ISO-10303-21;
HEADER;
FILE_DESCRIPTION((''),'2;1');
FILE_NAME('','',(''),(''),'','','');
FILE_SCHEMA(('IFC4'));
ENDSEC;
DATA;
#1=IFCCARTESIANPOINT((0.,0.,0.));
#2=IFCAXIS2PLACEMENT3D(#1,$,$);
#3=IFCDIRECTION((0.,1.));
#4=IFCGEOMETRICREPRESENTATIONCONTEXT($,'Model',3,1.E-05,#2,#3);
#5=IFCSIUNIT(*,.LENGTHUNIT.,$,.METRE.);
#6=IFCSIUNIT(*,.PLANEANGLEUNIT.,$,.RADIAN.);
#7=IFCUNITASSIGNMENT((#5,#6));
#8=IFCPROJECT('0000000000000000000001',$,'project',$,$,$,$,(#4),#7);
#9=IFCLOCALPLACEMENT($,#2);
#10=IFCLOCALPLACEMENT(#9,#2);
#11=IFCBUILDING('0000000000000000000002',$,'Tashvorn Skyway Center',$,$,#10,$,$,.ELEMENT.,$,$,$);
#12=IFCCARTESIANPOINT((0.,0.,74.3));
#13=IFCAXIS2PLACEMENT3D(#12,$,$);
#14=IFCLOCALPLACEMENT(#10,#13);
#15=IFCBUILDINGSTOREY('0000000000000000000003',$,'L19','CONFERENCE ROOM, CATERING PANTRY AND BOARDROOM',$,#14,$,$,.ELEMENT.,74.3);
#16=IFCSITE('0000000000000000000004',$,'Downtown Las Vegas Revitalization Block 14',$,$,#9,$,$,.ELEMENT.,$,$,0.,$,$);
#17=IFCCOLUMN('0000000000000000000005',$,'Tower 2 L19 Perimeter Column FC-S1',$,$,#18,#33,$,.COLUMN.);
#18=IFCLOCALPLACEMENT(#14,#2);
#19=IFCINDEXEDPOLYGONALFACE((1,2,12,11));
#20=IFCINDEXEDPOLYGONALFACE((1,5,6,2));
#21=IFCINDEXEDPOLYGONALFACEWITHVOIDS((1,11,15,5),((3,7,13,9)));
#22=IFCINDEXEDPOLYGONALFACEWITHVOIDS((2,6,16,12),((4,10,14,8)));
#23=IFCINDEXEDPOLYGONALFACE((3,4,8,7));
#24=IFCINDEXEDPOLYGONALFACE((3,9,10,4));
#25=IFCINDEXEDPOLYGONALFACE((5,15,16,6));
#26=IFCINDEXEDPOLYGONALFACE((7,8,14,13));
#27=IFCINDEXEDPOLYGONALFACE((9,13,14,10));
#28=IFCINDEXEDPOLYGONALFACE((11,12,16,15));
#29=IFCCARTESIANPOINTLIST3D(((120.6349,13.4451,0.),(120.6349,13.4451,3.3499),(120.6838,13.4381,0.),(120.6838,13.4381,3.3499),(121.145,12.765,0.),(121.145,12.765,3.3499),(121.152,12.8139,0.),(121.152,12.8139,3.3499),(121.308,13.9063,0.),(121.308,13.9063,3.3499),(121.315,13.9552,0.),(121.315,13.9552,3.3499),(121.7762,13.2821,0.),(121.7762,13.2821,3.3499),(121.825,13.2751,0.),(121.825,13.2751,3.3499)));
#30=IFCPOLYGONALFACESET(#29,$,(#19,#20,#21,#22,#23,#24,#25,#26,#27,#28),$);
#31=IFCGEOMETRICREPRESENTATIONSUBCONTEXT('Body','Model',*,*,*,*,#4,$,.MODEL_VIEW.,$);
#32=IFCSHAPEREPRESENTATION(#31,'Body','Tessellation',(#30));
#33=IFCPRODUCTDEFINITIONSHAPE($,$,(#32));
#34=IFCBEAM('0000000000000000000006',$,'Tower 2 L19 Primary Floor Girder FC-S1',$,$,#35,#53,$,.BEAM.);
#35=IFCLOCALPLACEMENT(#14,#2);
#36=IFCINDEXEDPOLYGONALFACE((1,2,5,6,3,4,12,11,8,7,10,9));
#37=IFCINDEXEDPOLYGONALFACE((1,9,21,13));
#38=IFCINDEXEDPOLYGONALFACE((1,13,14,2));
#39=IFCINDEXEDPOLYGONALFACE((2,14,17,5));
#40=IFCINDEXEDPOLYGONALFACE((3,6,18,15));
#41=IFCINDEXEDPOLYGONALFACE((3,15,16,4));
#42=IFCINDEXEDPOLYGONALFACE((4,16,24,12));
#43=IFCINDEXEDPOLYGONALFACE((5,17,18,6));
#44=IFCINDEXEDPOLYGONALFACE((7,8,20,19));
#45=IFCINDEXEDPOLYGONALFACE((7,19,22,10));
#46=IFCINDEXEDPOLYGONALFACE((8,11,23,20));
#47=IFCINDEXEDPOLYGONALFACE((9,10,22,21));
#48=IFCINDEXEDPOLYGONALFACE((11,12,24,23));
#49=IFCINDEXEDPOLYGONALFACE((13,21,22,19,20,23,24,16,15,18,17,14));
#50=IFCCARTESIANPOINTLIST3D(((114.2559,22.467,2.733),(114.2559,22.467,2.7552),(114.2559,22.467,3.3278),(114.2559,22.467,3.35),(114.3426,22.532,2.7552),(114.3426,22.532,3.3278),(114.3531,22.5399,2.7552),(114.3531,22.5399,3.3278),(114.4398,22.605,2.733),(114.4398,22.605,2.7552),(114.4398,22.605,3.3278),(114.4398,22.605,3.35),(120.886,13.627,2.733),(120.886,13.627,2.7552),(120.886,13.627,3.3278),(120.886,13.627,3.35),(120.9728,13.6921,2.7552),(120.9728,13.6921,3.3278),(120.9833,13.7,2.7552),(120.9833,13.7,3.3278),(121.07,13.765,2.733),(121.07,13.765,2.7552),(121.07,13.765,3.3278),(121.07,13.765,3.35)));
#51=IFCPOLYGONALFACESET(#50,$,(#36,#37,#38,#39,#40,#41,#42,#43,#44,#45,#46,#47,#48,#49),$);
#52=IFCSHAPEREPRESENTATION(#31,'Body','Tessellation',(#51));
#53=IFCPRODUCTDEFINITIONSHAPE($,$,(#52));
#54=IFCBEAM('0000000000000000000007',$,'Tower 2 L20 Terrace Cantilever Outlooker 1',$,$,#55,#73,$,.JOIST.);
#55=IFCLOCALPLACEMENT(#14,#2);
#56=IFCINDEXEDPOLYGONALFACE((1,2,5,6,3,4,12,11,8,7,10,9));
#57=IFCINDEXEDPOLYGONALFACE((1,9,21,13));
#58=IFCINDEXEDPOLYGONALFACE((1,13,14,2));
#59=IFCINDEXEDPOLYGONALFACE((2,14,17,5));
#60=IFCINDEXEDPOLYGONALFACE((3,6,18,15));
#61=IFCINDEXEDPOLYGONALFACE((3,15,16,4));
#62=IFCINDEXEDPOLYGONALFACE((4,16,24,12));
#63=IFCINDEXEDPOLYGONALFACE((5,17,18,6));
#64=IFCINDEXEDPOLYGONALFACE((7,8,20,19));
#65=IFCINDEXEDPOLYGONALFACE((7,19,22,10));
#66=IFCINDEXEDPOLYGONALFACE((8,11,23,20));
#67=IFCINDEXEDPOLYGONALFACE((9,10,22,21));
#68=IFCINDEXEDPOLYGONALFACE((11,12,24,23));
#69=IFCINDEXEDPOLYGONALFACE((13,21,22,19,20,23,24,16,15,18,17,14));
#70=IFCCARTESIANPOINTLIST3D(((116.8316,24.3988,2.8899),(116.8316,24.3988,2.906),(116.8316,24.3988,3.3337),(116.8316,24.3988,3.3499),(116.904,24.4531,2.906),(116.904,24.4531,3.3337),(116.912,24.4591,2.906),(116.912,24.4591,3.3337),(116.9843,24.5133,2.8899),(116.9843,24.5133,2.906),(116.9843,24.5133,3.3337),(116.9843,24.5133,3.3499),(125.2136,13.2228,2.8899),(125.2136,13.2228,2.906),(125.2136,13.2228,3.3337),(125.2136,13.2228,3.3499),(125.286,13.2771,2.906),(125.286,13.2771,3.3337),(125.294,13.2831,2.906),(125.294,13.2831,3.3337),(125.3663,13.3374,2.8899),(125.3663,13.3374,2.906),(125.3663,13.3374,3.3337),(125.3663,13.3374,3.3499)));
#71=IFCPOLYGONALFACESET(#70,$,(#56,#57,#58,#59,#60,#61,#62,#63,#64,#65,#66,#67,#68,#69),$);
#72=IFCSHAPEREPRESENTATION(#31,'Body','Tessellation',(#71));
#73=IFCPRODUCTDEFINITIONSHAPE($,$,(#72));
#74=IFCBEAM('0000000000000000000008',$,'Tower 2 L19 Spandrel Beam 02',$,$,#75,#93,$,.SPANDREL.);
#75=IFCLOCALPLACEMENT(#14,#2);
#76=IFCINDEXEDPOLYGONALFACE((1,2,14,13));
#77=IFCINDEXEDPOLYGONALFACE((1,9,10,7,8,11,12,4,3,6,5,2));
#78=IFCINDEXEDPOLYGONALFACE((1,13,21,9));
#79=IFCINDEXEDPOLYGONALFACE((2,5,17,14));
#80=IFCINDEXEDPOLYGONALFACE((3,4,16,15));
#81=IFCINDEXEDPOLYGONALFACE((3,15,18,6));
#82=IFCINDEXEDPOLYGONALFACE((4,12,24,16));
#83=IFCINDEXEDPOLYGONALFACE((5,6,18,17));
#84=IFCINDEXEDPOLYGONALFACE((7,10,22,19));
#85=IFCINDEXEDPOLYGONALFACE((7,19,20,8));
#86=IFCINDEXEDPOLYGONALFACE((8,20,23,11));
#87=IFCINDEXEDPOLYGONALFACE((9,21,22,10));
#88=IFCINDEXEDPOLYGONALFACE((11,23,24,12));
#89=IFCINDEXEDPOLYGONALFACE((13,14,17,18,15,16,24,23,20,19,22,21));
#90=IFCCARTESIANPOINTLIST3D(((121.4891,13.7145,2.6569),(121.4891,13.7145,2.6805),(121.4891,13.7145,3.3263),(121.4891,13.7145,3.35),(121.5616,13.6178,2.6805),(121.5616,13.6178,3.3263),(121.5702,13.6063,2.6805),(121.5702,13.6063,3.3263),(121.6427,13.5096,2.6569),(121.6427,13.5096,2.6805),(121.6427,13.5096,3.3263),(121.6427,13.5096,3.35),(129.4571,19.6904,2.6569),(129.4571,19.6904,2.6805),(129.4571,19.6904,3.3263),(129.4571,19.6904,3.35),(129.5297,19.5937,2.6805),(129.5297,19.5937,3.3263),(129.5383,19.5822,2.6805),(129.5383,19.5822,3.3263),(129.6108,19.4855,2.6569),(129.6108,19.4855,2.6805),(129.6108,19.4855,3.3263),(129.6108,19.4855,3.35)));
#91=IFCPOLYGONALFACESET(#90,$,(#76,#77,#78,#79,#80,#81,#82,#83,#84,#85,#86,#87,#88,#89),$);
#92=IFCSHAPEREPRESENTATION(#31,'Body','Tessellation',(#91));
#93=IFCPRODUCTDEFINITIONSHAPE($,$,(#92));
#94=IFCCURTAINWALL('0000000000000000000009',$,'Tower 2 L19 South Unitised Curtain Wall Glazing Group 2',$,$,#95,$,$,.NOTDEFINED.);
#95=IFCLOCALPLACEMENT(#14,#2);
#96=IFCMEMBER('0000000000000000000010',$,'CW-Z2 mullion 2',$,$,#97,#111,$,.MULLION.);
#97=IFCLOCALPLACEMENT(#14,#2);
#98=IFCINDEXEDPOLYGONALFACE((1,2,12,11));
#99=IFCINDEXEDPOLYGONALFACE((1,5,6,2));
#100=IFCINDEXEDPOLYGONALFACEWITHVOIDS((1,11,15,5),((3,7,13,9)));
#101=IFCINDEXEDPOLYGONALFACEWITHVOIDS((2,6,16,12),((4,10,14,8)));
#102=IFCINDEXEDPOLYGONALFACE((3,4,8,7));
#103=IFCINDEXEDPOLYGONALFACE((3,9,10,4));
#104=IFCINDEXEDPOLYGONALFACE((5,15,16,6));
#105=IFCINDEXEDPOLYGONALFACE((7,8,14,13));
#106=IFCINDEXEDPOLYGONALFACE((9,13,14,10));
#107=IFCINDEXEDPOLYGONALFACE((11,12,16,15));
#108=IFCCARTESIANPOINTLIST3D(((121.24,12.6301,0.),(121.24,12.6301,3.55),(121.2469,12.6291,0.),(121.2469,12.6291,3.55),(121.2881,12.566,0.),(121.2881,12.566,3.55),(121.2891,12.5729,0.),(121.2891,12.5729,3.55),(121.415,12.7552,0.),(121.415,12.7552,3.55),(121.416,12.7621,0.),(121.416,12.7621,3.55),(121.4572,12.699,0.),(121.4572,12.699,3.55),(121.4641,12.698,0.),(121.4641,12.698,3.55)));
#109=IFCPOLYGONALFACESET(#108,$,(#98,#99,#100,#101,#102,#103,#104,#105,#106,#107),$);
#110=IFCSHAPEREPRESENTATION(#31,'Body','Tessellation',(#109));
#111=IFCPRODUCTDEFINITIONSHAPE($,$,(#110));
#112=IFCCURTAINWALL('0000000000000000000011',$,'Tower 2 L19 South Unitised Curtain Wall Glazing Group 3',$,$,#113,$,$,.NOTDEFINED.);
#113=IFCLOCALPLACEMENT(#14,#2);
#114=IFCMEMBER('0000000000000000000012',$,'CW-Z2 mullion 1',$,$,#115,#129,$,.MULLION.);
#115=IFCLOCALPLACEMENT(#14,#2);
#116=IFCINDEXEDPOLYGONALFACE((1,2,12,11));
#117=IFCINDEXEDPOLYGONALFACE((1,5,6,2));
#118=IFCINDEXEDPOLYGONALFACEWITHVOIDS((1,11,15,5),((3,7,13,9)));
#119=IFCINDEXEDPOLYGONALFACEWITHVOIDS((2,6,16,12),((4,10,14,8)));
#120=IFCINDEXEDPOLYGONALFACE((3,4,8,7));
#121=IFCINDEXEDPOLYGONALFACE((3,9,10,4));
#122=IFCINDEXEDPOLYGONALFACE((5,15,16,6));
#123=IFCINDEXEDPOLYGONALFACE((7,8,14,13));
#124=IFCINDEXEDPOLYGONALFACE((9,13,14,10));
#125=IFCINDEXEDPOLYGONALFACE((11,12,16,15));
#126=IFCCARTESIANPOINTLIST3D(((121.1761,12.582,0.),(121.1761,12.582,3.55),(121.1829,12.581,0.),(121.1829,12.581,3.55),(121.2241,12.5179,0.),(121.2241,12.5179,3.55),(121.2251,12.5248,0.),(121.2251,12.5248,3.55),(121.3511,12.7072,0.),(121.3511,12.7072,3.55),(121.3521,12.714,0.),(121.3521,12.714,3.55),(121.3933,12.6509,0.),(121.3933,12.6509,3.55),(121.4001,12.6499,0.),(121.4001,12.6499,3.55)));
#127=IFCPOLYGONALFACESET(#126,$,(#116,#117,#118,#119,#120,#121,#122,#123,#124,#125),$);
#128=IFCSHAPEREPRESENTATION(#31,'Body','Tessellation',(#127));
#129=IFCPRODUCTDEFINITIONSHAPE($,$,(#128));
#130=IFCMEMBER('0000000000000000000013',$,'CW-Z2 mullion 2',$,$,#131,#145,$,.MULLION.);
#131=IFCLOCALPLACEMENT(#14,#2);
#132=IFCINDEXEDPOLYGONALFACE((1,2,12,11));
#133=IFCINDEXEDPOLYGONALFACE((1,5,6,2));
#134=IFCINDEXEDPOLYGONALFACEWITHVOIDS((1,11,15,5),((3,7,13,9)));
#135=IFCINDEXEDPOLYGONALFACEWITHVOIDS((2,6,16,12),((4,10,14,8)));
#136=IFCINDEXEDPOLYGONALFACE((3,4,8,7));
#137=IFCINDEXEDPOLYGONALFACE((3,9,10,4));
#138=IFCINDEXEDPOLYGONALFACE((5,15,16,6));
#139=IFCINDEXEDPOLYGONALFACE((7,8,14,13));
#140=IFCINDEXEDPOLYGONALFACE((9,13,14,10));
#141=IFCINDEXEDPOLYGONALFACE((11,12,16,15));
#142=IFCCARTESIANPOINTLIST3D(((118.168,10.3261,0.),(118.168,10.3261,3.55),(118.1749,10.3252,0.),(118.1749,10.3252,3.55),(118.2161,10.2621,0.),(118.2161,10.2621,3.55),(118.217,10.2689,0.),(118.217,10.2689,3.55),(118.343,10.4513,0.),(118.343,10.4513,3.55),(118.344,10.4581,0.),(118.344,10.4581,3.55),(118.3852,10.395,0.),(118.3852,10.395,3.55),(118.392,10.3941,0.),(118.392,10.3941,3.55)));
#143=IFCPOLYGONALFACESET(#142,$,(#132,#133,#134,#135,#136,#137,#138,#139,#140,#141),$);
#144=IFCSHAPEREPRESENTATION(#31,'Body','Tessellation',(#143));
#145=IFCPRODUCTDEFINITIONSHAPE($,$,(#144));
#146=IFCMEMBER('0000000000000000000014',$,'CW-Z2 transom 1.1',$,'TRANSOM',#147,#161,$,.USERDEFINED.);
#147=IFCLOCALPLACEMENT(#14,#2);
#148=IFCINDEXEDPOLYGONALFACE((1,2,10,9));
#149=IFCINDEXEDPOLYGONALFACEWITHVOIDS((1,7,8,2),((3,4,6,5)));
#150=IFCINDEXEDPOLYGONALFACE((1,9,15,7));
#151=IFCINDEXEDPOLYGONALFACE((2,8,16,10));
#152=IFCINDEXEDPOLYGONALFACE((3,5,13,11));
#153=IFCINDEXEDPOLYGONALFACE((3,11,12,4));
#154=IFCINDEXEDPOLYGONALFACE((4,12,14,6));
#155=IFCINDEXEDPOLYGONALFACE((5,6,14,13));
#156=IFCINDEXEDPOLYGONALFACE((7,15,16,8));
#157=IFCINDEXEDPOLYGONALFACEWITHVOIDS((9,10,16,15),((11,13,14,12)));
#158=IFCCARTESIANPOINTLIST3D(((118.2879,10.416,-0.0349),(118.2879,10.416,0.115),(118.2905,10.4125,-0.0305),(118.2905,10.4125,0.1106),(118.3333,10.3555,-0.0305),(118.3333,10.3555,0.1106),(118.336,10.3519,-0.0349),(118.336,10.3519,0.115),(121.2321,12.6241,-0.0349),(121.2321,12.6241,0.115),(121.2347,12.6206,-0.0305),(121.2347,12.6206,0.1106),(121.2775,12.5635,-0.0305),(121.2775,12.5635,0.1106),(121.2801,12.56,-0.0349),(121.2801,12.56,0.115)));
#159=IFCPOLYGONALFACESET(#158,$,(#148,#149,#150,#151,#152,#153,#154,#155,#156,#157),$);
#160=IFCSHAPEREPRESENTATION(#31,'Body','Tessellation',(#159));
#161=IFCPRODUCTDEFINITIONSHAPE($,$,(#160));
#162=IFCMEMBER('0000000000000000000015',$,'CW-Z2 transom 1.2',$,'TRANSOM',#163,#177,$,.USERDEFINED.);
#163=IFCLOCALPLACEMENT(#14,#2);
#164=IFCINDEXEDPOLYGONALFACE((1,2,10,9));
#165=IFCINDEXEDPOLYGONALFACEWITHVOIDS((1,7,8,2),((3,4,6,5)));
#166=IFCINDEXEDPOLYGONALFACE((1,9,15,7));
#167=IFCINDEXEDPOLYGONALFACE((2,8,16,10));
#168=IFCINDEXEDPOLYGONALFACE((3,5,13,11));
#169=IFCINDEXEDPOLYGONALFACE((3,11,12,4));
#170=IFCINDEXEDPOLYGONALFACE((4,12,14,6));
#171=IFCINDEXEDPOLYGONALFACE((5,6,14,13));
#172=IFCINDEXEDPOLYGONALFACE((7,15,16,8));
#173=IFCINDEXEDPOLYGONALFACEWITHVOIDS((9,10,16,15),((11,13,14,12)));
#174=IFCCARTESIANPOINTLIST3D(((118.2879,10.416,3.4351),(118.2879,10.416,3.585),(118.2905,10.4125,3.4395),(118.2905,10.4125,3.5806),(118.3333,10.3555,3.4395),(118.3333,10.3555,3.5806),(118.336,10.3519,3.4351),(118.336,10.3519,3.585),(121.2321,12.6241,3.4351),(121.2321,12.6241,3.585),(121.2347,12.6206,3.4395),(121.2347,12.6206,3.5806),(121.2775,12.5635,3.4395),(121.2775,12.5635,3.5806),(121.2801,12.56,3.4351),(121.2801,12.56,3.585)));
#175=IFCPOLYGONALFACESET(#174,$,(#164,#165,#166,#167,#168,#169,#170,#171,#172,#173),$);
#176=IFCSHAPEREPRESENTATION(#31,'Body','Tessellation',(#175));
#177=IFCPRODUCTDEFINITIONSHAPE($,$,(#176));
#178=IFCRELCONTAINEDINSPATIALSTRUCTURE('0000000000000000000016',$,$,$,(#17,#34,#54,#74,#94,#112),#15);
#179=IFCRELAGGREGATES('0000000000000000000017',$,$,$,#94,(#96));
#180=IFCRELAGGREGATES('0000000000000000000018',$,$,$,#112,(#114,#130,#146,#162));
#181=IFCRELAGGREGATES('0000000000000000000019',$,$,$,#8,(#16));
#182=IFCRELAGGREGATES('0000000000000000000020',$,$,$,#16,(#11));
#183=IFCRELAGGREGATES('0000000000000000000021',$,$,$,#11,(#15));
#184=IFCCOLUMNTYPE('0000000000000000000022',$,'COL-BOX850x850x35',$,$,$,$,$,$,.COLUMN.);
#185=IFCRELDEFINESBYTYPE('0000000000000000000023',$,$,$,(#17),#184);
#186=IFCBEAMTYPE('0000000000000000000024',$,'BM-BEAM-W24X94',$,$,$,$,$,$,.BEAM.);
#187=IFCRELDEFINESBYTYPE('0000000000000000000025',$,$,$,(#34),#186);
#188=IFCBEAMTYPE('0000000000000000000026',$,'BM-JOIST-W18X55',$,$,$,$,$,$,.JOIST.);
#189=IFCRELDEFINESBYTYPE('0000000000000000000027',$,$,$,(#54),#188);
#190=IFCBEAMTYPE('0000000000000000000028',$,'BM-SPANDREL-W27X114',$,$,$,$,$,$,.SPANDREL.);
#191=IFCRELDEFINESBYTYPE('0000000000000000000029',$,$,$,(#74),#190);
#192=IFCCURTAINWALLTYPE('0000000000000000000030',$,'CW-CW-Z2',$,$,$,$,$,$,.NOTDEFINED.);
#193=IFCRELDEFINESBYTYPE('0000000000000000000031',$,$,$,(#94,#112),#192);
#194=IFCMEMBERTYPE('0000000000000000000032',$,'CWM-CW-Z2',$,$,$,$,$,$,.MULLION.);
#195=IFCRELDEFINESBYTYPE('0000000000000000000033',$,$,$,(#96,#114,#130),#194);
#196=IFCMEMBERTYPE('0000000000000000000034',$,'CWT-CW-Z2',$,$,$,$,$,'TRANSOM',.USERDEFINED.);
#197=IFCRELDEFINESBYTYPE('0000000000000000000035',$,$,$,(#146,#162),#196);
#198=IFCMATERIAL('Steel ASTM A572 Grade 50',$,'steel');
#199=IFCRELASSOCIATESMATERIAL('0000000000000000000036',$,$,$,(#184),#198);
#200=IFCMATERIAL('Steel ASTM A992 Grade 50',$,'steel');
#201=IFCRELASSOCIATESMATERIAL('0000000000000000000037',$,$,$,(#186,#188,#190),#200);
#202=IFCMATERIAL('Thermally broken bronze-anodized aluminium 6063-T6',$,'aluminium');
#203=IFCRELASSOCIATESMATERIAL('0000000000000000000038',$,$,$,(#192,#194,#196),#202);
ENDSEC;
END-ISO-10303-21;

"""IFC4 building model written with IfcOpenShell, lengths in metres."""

from ifc_helpers import new_model, si_unit, direction, frame, origin, origin_2d, place, context, subcontext, project, spatial, hollow_rectangle, i_section, extrude, material, material_profile, profile_set, type_object, element, aggregate, save


model = new_model("IFC4")

# Units and contexts
model_context = context("Model", 3, precision=1e-05, world=origin(), true_north=direction((0.0, 1.0)))
body_context = subcontext(model_context, "Body", "Model", "MODEL_VIEW")
ifc_project = project(units=[si_unit("LENGTHUNIT", "METRE"), si_unit("PLANEANGLEUNIT", "RADIAN")], contexts=[model_context])

# Site, building, storey
site_placement = place(None, origin())
site = spatial("IfcSite", under=ifc_project, at=site_placement, Name="Downtown Las Vegas Revitalization Block 14", CompositionType="ELEMENT", RefElevation=0.0)
building_placement = place(site_placement, origin())
building = spatial("IfcBuilding", under=site, at=building_placement, Name="Tashvorn Skyway Center", CompositionType="ELEMENT")
storey_placement = place(building_placement, frame((0.0, 0.0, 74.3)))
storey = spatial("IfcBuildingStorey", under=building, at=storey_placement, Name="L19", Description="CONFERENCE ROOM, CATERING PANTRY AND BOARDROOM", CompositionType="ELEMENT", Elevation=74.3)

# Column
ifc_material_1 = material(Name="Steel ASTM A572 Grade 50", Category="steel")
ifc_material_profile_1 = material_profile(ifc_material_1, hollow_rectangle(XDim=0.8501, YDim=0.8501, WallThickness=0.0349, at=origin_2d()), Name="BOX850x850x35")
ifc_profile_set_1 = profile_set([ifc_material_profile_1], Name="Steel ASTM A572 Grade 50")
column_type = type_object("IfcColumnType", Name="COL-BOX850x850x35", PredefinedType="COLUMN", material=ifc_profile_set_1)
column_placement = place(storey_placement, frame((121.23, 13.3601, 0.0), z_axis=(0.0, 0.0, 1.0), x_axis=(0.8, 0.6, 0.0)))
element("IfcColumn", 1, at=column_placement, inside=storey, type_object=column_type, Name="Tower 2 L19 Perimeter Column FC-S1", PredefinedType="COLUMN", context=body_context, shape_type="SweptSolid", body=[
    extrude(hollow_rectangle(XDim=0.8501, YDim=0.8501, WallThickness=0.0349, at=origin_2d()), origin(), (0.0, 0.0, 1.0), 3.3499),
])

# Beams
ifc_material_2 = material(Name="Steel ASTM A992 Grade 50", Category="steel")
ifc_material_profile_2 = material_profile(ifc_material_2, i_section(OverallWidth=0.23, OverallDepth=0.6169, WebThickness=0.0132, FlangeThickness=0.0222, at=origin_2d()), Name="W24X94")
ifc_profile_set_2 = profile_set([ifc_material_profile_2], Name="Steel ASTM A992 Grade 50")
beam_type_1 = type_object("IfcBeamType", Name="BM-BEAM-W24X94", PredefinedType="BEAM", material=ifc_profile_set_2)
beam_1_placement = place(storey_placement, frame((120.978, 13.696, 3.0415), z_axis=(-0.600014, 0.799989, 0.0), x_axis=(-0.799989, -0.600014, 0.0)))
element("IfcBeam", 2, at=beam_1_placement, inside=storey, type_object=beam_type_1, Name="Tower 2 L19 Primary Floor Girder FC-S1", PredefinedType="BEAM", context=body_context, shape_type="SweptSolid", body=[
    extrude(i_section(OverallWidth=0.23, OverallDepth=0.6169, WebThickness=0.0132, FlangeThickness=0.0222, at=origin_2d()), origin(), (0.0, 0.0, 1.0), 11.05),
])
ifc_material_profile_3 = material_profile(ifc_material_2, i_section(OverallWidth=0.1909, OverallDepth=0.46, WebThickness=0.01, FlangeThickness=0.0161, at=origin_2d()), Name="W18X55")
ifc_profile_set_3 = profile_set([ifc_material_profile_3], Name="Steel ASTM A992 Grade 50")
beam_type_2 = type_object("IfcBeamType", Name="BM-JOIST-W18X55", PredefinedType="JOIST", material=ifc_profile_set_3)
beam_2_placement = place(storey_placement, frame((116.908, 24.4561, 3.1199), z_axis=(0.600003, -0.799998, 0.0), x_axis=(0.799998, 0.600003, 0.0)))
element("IfcBeam", 3, at=beam_2_placement, inside=storey, type_object=beam_type_2, Name="Tower 2 L20 Terrace Cantilever Outlooker 1", PredefinedType="JOIST", context=body_context, shape_type="SweptSolid", body=[
    extrude(i_section(OverallWidth=0.1909, OverallDepth=0.46, WebThickness=0.01, FlangeThickness=0.0161, at=origin_2d()), origin(), (0.0, 0.0, 1.0), 13.97),
])
ifc_material_profile_4 = material_profile(ifc_material_2, i_section(OverallWidth=0.2561, OverallDepth=0.6931, WebThickness=0.0144, FlangeThickness=0.0237, at=origin_2d()), Name="W27X114")
ifc_profile_set_4 = profile_set([ifc_material_profile_4], Name="Steel ASTM A992 Grade 50")
beam_type_3 = type_object("IfcBeamType", Name="BM-SPANDREL-W27X114", PredefinedType="SPANDREL", material=ifc_profile_set_4)
beam_3_placement = place(storey_placement, frame((121.5659, 13.6121, 3.0034), z_axis=(0.800009, 0.599988, 0.0), x_axis=(-0.599988, 0.800009, 0.0)))
element("IfcBeam", 4, at=beam_3_placement, inside=storey, type_object=beam_type_3, Name="Tower 2 L19 Spandrel Beam 02", PredefinedType="SPANDREL", context=body_context, shape_type="SweptSolid", body=[
    extrude(i_section(OverallWidth=0.2561, OverallDepth=0.6931, WebThickness=0.0144, FlangeThickness=0.0237, at=origin_2d()), origin(), (0.0, 0.0, 1.0), 9.96),
])

# Curtain wall, member
ifc_material_3 = material(Name="Thermally broken bronze-anodized aluminium 6063-T6", Category="aluminium")
curtain_wall_type = type_object("IfcCurtainWallType", Name="CW-CW-Z2", PredefinedType="NOTDEFINED", material=ifc_material_3)
curtain_wall_1_placement = place(storey_placement, origin())
curtain_wall_1 = element("IfcCurtainWall", 5, at=curtain_wall_1_placement, inside=storey, type_object=curtain_wall_type, Name="Tower 2 L19 South Unitised Curtain Wall Glazing Group 2", PredefinedType="NOTDEFINED")
ifc_material_profile_5 = material_profile(ifc_material_3, hollow_rectangle(XDim=0.0801, YDim=0.22, WallThickness=0.0049, at=origin_2d()), Name="ALU-MULL-80x220")
ifc_profile_set_5 = profile_set([ifc_material_profile_5], Name="Thermally broken bronze-anodized aluminium 6063-T6")
member_type_1 = type_object("IfcMemberType", Name="CWM-CW-Z2", PredefinedType="MULLION", material=ifc_profile_set_5)
member_1_placement = place(storey_placement, frame((121.3521, 12.6641, 0.0), z_axis=(0.0, 0.0, 1.0), x_axis=(0.6, -0.8, 0.0)))
member_1 = element("IfcMember", 6, at=member_1_placement, type_object=member_type_1, Name="CW-Z2 mullion 2", PredefinedType="MULLION", context=body_context, shape_type="SweptSolid", body=[
    extrude(hollow_rectangle(XDim=0.0801, YDim=0.22, WallThickness=0.0049, at=origin_2d()), origin(), (0.0, 0.0, 1.0), 3.55),
])
aggregate(curtain_wall_1, [member_1])

# Curtain wall, members
curtain_wall_2_placement = place(storey_placement, origin())
curtain_wall_2 = element("IfcCurtainWall", 7, at=curtain_wall_2_placement, inside=storey, type_object=curtain_wall_type, Name="Tower 2 L19 South Unitised Curtain Wall Glazing Group 3", PredefinedType="NOTDEFINED")
member_2_placement = place(storey_placement, frame((121.2881, 12.616, 0.0), z_axis=(0.0, 0.0, 1.0), x_axis=(0.6, -0.8, 0.0)))
member_2 = element("IfcMember", 8, at=member_2_placement, type_object=member_type_1, Name="CW-Z2 mullion 1", PredefinedType="MULLION", context=body_context, shape_type="SweptSolid", body=[
    extrude(hollow_rectangle(XDim=0.0801, YDim=0.22, WallThickness=0.0049, at=origin_2d()), origin(), (0.0, 0.0, 1.0), 3.55),
])
member_3_placement = place(storey_placement, frame((118.28, 10.3601, 0.0), z_axis=(0.0, 0.0, 1.0), x_axis=(0.6, -0.8, 0.0)))
member_3 = element("IfcMember", 9, at=member_3_placement, type_object=member_type_1, Name="CW-Z2 mullion 2", PredefinedType="MULLION", context=body_context, shape_type="SweptSolid", body=[
    extrude(hollow_rectangle(XDim=0.0801, YDim=0.22, WallThickness=0.0049, at=origin_2d()), origin(), (0.0, 0.0, 1.0), 3.55),
])
ifc_material_profile_6 = material_profile(ifc_material_3, hollow_rectangle(XDim=0.0801, YDim=0.1499, WallThickness=0.0044, at=origin_2d()), Name="ALU-TRAN-80x150")
ifc_profile_set_6 = profile_set([ifc_material_profile_6], Name="Thermally broken bronze-anodized aluminium 6063-T6")
member_type_2 = type_object("IfcMemberType", Name="CWT-CW-Z2", ElementType="TRANSOM", PredefinedType="USERDEFINED", material=ifc_profile_set_6)
member_4_placement = place(storey_placement, frame((121.2561, 12.592, 0.04), z_axis=(-0.800008, -0.599989, 0.0), x_axis=(0.599989, -0.800008, 0.0)))
member_4 = element("IfcMember", 10, at=member_4_placement, type_object=member_type_2, Name="CW-Z2 transom 1.1", ObjectType="TRANSOM", PredefinedType="USERDEFINED", context=body_context, shape_type="SweptSolid", body=[
    extrude(hollow_rectangle(XDim=0.0801, YDim=0.1499, WallThickness=0.0044, at=origin_2d()), origin(), (0.0, 0.0, 1.0), 3.6802),
])
member_5_placement = place(storey_placement, frame((121.2561, 12.592, 3.51), z_axis=(-0.800008, -0.599989, 0.0), x_axis=(0.599989, -0.800008, 0.0)))
member_5 = element("IfcMember", 11, at=member_5_placement, type_object=member_type_2, Name="CW-Z2 transom 1.2", ObjectType="TRANSOM", PredefinedType="USERDEFINED", context=body_context, shape_type="SweptSolid", body=[
    extrude(hollow_rectangle(XDim=0.0801, YDim=0.1499, WallThickness=0.0044, at=origin_2d()), origin(), (0.0, 0.0, 1.0), 3.6802),
])
aggregate(curtain_wall_2, [member_2, member_3, member_4, member_5])

save(model, "model.ifc")
